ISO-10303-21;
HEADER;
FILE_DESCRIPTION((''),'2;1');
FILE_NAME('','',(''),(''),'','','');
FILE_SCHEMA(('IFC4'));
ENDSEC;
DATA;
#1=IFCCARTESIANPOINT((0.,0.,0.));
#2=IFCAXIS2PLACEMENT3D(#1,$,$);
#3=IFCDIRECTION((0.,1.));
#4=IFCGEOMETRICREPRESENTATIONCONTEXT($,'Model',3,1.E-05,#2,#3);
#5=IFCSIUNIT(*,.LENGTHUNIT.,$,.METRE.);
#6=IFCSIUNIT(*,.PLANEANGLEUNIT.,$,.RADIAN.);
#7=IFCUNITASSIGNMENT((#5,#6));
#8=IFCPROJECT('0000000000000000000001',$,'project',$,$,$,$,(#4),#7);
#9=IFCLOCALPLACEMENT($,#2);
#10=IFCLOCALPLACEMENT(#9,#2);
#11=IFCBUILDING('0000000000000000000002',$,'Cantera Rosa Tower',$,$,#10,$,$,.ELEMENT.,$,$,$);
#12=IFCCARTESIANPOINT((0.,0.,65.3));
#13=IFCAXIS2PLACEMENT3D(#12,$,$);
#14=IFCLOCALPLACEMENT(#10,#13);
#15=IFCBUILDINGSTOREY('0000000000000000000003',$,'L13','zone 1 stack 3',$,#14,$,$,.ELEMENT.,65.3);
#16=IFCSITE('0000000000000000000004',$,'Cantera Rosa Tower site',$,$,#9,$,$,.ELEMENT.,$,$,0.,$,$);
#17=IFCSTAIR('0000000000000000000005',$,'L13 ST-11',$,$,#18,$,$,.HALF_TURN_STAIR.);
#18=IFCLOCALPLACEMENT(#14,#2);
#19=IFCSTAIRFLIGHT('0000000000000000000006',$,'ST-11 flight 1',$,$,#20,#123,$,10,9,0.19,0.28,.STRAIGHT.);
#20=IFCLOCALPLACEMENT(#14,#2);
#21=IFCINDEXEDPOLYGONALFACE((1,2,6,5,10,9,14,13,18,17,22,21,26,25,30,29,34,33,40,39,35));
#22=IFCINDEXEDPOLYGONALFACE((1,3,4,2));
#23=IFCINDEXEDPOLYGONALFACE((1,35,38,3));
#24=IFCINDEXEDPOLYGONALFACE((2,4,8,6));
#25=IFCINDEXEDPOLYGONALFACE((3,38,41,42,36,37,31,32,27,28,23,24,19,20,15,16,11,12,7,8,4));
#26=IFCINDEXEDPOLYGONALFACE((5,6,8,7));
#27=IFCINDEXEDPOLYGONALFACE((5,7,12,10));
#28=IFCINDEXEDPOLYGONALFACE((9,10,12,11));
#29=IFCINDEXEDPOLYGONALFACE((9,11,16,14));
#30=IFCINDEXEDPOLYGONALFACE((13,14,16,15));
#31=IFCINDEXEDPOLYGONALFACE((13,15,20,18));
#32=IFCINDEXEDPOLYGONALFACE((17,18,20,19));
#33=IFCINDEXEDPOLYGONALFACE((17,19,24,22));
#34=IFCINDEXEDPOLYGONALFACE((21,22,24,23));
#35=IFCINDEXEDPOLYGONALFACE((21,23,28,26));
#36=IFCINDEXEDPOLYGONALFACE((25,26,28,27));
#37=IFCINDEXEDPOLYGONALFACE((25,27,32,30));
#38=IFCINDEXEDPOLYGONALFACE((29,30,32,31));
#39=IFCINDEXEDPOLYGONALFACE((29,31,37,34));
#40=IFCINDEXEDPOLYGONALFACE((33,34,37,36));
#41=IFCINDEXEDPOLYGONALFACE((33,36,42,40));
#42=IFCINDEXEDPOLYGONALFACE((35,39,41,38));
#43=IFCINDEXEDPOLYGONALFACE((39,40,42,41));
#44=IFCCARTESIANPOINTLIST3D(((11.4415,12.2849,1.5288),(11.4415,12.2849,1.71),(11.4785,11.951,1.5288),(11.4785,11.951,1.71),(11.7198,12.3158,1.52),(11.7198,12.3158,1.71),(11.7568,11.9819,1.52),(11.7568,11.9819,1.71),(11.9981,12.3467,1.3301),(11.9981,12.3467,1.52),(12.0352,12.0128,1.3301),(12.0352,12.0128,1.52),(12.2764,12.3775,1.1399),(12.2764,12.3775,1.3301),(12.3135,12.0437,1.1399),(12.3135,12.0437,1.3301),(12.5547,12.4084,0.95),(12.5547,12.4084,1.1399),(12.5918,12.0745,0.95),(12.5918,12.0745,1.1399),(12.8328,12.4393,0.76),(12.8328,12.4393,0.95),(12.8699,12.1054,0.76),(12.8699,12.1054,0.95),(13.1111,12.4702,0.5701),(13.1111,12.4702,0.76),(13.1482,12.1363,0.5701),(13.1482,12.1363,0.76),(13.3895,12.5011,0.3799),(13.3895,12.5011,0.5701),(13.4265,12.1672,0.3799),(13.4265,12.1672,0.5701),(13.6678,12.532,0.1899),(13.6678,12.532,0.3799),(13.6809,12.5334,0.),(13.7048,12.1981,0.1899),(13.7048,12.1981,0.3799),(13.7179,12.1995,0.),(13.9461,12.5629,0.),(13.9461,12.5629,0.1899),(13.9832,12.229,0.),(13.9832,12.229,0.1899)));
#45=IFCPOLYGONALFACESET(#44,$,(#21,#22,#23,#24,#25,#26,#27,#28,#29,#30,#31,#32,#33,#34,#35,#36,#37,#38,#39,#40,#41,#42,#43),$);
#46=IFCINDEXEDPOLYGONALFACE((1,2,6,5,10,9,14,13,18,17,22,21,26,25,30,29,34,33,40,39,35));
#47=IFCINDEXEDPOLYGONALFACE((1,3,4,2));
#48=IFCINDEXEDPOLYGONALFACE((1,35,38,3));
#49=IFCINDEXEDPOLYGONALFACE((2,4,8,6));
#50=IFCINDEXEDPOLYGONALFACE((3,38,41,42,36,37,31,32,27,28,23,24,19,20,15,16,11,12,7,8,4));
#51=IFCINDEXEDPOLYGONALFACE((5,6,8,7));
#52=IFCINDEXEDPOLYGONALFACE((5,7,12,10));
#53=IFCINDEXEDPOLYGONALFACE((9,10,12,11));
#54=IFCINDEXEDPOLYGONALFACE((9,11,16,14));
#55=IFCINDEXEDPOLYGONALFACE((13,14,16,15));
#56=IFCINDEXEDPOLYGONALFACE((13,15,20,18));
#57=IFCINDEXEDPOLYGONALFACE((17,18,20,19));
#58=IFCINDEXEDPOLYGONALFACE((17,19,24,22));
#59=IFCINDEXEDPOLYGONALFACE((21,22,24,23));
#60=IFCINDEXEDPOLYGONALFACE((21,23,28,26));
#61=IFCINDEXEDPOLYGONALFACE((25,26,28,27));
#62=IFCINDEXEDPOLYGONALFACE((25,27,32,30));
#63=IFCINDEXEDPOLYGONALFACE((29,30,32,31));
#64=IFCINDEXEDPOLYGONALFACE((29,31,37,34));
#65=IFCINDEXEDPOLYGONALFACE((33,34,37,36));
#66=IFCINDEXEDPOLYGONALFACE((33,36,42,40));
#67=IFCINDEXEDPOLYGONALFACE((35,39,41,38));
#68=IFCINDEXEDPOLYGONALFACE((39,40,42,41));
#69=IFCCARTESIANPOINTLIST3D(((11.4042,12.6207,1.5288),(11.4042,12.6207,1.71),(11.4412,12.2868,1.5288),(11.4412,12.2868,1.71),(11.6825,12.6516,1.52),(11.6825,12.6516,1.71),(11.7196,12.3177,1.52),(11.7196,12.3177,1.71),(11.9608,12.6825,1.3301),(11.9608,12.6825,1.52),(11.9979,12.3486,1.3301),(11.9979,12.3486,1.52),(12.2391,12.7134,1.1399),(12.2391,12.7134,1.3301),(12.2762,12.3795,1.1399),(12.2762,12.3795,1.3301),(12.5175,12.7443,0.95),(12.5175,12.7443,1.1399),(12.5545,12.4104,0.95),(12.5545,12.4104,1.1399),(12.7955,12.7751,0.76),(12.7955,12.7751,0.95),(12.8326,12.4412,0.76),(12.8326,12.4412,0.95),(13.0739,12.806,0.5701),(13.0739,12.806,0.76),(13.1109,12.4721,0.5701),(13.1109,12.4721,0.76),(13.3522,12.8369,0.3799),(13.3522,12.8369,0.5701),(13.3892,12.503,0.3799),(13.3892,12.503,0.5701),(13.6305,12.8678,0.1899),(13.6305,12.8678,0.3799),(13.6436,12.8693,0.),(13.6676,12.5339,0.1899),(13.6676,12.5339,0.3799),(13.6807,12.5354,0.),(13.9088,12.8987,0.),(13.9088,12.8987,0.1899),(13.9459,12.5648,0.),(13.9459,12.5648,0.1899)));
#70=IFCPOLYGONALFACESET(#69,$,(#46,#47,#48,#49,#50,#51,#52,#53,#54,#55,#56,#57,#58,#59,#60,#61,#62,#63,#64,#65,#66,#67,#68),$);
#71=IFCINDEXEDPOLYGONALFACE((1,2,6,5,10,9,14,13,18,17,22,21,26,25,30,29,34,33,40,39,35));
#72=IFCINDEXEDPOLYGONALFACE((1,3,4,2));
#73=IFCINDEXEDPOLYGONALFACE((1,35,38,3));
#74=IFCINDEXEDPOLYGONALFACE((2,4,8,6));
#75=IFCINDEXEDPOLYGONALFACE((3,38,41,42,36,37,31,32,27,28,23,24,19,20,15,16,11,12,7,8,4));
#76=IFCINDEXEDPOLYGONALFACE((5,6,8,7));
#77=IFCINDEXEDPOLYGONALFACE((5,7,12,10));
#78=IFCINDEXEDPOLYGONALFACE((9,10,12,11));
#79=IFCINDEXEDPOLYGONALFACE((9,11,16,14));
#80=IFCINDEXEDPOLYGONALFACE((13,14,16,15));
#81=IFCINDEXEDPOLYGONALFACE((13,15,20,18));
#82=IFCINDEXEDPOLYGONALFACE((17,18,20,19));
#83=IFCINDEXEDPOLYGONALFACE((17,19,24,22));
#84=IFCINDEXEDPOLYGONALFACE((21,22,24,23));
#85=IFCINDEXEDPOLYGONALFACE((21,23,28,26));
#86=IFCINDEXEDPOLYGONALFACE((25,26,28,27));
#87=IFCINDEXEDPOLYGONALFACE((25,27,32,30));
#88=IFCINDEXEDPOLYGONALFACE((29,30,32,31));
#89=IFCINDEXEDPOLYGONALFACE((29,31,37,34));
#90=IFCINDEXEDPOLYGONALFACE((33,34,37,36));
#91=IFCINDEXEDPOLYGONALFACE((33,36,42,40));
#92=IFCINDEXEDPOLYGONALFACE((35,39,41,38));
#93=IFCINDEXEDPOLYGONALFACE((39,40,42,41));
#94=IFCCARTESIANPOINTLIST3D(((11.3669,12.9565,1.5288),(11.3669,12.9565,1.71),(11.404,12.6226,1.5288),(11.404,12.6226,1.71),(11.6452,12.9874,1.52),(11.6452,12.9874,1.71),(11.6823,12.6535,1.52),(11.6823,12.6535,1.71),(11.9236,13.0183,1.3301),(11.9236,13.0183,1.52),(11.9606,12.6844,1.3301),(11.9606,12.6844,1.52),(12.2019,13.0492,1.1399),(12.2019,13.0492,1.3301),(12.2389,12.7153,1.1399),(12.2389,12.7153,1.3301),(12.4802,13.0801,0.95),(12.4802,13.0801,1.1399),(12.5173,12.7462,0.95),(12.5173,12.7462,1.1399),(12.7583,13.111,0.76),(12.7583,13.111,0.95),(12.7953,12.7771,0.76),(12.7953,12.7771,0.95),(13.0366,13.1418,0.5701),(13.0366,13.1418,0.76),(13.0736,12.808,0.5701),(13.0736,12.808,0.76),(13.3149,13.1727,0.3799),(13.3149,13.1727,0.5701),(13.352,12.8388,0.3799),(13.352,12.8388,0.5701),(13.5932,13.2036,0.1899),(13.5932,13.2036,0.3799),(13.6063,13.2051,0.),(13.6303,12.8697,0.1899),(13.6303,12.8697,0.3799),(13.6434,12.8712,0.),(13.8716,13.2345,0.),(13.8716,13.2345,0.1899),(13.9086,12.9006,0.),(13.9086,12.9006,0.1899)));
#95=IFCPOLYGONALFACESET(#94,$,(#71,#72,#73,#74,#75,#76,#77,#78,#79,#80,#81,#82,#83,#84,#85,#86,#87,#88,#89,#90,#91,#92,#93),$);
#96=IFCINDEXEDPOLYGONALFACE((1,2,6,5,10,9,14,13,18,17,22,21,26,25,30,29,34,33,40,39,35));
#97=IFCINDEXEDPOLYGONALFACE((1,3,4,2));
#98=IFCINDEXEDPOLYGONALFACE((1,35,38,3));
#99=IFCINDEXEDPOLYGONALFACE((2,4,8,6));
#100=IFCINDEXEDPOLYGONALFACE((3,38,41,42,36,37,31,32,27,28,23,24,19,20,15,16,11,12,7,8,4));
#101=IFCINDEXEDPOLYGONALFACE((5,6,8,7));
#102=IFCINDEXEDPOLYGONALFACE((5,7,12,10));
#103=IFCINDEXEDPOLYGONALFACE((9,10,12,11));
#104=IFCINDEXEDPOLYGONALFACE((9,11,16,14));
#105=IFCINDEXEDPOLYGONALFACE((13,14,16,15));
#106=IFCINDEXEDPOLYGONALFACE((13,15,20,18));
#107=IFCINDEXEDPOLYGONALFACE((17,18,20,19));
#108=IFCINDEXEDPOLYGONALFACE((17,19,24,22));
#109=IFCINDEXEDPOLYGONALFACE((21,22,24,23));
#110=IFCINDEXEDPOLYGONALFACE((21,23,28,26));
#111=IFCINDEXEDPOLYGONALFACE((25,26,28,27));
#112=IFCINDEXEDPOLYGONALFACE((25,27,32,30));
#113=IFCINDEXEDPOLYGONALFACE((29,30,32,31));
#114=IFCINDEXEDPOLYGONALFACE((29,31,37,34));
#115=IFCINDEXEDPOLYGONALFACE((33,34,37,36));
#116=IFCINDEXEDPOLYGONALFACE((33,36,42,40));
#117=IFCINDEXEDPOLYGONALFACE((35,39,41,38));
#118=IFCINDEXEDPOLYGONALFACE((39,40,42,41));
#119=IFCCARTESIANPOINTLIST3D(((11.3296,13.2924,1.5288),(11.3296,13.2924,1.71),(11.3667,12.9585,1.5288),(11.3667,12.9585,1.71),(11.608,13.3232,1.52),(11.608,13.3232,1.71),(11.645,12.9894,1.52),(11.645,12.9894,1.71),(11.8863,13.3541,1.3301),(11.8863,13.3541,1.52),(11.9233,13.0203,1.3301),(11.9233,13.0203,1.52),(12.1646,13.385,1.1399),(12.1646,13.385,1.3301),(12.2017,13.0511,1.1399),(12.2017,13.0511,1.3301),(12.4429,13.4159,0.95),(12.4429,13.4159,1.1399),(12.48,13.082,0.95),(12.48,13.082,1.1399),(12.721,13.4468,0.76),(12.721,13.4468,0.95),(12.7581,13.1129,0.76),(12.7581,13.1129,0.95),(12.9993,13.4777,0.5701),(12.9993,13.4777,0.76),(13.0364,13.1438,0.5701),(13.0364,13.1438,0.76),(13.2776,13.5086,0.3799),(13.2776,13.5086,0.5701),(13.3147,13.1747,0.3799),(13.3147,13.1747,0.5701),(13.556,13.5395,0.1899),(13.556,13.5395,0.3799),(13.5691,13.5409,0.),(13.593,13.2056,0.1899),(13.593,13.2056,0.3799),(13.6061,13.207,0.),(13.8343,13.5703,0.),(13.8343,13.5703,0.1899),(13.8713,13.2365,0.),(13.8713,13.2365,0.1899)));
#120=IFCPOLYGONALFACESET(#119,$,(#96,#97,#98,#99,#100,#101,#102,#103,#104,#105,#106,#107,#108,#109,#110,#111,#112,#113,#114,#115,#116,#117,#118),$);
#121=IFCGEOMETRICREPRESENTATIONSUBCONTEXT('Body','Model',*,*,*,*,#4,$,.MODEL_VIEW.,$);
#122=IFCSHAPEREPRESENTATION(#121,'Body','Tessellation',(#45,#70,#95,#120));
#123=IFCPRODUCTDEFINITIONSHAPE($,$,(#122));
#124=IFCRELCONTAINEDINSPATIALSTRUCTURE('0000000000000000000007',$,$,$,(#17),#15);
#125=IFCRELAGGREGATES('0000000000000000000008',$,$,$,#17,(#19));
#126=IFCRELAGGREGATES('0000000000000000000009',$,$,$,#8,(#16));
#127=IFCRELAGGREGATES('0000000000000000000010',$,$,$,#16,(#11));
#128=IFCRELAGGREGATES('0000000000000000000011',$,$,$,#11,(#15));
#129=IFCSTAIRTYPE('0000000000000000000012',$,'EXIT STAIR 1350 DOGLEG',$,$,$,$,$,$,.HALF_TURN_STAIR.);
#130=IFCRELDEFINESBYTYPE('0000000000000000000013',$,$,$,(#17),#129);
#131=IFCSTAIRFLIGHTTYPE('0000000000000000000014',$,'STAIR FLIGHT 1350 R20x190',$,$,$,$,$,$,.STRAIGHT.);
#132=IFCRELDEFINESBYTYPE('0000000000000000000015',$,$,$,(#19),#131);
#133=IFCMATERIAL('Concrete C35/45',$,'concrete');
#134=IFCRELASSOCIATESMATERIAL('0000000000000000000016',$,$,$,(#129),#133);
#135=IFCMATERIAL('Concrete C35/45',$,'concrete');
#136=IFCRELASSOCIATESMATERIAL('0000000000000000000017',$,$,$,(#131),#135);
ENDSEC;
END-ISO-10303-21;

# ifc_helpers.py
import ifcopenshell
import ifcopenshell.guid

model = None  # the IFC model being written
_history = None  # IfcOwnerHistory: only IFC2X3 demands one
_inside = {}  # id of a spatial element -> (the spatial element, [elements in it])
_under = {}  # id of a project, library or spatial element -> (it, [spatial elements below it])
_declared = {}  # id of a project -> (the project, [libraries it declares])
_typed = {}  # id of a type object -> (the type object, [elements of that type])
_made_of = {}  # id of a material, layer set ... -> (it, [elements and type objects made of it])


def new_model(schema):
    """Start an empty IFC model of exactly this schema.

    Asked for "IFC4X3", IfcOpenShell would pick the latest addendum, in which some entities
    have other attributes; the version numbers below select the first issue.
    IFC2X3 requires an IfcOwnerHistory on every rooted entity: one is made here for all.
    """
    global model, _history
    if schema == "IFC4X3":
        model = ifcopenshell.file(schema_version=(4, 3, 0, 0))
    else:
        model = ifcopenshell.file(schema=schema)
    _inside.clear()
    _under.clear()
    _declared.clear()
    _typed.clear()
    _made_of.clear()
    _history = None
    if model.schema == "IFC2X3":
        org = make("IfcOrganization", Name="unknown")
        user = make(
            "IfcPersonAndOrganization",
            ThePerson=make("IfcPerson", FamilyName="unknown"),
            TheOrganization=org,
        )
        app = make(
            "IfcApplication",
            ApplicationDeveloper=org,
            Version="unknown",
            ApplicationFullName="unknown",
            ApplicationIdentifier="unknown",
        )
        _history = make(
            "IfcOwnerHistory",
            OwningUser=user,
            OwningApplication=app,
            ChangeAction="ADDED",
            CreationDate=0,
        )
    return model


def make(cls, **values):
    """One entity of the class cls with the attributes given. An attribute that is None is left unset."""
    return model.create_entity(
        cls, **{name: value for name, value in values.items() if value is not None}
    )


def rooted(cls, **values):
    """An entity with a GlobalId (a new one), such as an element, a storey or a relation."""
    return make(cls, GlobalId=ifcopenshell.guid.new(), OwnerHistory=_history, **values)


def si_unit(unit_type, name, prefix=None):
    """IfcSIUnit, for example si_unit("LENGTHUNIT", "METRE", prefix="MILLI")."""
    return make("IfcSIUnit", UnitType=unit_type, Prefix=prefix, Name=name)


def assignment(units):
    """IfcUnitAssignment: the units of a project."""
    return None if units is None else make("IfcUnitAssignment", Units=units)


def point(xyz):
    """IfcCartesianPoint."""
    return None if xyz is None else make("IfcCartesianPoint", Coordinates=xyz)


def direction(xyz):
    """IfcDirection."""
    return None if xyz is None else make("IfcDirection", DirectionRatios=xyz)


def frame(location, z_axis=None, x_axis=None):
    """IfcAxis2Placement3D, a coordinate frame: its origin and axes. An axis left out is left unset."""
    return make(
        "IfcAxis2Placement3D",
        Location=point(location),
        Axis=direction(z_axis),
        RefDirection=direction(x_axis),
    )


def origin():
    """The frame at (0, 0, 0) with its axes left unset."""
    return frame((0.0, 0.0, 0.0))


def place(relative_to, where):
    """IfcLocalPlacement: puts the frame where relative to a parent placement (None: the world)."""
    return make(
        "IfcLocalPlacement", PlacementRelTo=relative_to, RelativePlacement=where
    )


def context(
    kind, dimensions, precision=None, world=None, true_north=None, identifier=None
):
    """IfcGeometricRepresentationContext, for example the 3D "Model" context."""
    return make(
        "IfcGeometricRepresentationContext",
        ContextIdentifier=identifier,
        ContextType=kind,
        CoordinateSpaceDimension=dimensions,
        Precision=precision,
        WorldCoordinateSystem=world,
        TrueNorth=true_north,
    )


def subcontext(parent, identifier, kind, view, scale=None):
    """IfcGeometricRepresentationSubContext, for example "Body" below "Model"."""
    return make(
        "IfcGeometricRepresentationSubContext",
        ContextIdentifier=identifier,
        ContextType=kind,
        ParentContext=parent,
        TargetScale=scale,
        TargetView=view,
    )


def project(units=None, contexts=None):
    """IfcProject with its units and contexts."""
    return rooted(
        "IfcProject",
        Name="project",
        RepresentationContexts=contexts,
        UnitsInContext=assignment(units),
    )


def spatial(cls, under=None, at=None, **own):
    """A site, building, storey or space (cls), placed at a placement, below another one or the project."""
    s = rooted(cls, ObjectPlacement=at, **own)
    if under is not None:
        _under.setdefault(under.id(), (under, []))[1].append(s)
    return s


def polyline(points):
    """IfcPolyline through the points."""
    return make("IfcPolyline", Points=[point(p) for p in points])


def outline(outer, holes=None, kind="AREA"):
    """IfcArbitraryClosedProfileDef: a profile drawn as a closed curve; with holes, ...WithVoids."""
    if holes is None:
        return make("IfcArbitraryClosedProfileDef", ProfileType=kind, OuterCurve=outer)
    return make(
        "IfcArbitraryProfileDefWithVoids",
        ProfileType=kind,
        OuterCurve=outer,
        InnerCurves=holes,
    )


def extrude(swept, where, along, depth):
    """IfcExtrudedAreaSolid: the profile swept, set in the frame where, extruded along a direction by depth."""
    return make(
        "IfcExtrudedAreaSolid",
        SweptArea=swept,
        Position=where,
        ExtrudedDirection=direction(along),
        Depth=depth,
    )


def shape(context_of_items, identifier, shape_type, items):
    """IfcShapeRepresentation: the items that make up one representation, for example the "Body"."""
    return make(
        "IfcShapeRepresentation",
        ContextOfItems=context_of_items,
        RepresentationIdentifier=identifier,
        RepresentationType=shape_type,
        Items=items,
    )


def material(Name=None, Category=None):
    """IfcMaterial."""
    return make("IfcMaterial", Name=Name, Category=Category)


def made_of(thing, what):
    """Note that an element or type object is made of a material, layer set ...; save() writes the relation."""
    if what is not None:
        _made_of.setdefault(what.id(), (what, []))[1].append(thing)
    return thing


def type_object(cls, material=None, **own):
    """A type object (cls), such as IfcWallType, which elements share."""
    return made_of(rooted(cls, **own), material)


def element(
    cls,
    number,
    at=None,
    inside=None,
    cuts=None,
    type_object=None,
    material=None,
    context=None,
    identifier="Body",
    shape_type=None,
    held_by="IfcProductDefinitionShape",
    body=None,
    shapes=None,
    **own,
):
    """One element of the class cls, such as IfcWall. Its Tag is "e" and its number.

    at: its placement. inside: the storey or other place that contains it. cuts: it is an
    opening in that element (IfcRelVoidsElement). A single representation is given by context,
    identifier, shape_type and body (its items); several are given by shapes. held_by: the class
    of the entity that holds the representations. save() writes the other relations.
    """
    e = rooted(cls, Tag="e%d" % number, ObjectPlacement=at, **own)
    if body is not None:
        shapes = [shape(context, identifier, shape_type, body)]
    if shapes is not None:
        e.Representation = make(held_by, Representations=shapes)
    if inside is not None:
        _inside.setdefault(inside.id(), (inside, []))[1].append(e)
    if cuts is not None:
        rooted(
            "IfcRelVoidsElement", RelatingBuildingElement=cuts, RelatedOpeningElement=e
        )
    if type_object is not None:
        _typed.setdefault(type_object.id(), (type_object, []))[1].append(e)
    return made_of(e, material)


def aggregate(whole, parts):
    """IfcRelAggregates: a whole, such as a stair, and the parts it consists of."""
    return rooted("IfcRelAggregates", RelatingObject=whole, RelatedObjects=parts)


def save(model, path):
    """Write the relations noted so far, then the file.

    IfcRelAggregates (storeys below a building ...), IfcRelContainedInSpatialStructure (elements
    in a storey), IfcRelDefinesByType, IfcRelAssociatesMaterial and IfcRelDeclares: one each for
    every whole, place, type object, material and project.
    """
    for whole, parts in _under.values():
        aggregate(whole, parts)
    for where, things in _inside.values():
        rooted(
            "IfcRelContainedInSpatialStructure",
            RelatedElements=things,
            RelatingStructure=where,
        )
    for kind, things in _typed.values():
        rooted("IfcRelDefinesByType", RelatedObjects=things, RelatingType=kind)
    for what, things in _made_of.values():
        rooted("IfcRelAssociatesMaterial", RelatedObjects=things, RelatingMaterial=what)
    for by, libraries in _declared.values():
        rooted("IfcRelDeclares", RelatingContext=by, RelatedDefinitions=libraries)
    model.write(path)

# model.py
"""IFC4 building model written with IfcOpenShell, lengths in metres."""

from ifc_helpers import new_model, si_unit, direction, frame, origin, place, context, subcontext, project, spatial, polyline, outline, extrude, material, type_object, element, aggregate, save


model = new_model("IFC4")

# Units and contexts
model_context = context("Model", 3, precision=1e-05, world=origin(), true_north=direction((0.0, 1.0)))
body_context = subcontext(model_context, "Body", "Model", "MODEL_VIEW")
ifc_project = project(units=[si_unit("LENGTHUNIT", "METRE"), si_unit("PLANEANGLEUNIT", "RADIAN")], contexts=[model_context])

# Site, building, storey
site_placement = place(None, origin())
site = spatial("IfcSite", under=ifc_project, at=site_placement, Name="Cantera Rosa Tower site", CompositionType="ELEMENT", RefElevation=0.0)
building_placement = place(site_placement, origin())
building = spatial("IfcBuilding", under=site, at=building_placement, Name="Cantera Rosa Tower", CompositionType="ELEMENT")
storey_placement = place(building_placement, frame((0.0, 0.0, 65.3)))
storey = spatial("IfcBuildingStorey", under=building, at=storey_placement, Name="L13", Description="zone 1 stack 3", CompositionType="ELEMENT", Elevation=65.3)

# Stair, stair flight
ifc_material_1 = material(Name="Concrete C35/45", Category="concrete")
stair_type = type_object("IfcStairType", Name="EXIT STAIR 1350 DOGLEG", PredefinedType="HALF_TURN_STAIR", material=ifc_material_1)
stair_placement = place(storey_placement, origin())
stair = element("IfcStair", 1, at=stair_placement, inside=storey, type_object=stair_type, Name="L13 ST-11", PredefinedType="HALF_TURN_STAIR")
ifc_material_2 = material(Name="Concrete C35/45", Category="concrete")
stair_flight_type = type_object("IfcStairFlightType", Name="STAIR FLIGHT 1350 R20x190", PredefinedType="STRAIGHT", material=ifc_material_2)
stair_flight_placement = place(storey_placement, frame((13.9087, 12.8999, 0.0), z_axis=(0.0, 0.0, 1.0), x_axis=(-0.993897, -0.110313, 0.0)))
stair_flight = element("IfcStairFlight", 2, at=stair_flight_placement, type_object=stair_flight_type, Name="ST-11 flight 1", NumberOfRisers=10, NumberOfTreads=9, PredefinedType="STRAIGHT", RiserHeight=0.19, TreadLength=0.28, context=body_context, shape_type="SweptSolid", body=[
    extrude(outline(polyline([(0.0, 0.0), (0.0, 0.1899), (0.28, 0.1899), (0.28, 0.3799), (0.5601, 0.3799), (0.5601, 0.5701), (0.8401, 0.5701), (0.8401, 0.76), (1.1201, 0.76), (1.1201, 0.95), (1.3999, 0.95), (1.3999, 1.1399), (1.6799, 1.1399), (1.6799, 1.3301), (1.96, 1.3301), (1.96, 1.52), (2.24, 1.52), (2.24, 1.71), (2.52, 1.71), (2.52, 1.8999), (2.52, 1.5288), (0.2668, 0.0), (0.0, 0.0)])), frame((0.0, 0.675, 0.0), z_axis=(0.0, -1.0, 0.0), x_axis=(1.0, 0.0, 0.0)), (0.0, 0.0, 1.0), 0.3359),
    extrude(outline(polyline([(0.0, 0.0), (0.0, 0.1899), (0.28, 0.1899), (0.28, 0.3799), (0.5601, 0.3799), (0.5601, 0.5701), (0.8401, 0.5701), (0.8401, 0.76), (1.1201, 0.76), (1.1201, 0.95), (1.3999, 0.95), (1.3999, 1.1399), (1.6799, 1.1399), (1.6799, 1.3301), (1.96, 1.3301), (1.96, 1.52), (2.24, 1.52), (2.24, 1.71), (2.52, 1.71), (2.52, 1.8999), (2.52, 1.5288), (0.2668, 0.0), (0.0, 0.0)])), frame((0.0, 0.3372, 0.0), z_axis=(0.0, -1.0, 0.0), x_axis=(1.0, 0.0, 0.0)), (0.0, 0.0, 1.0), 0.3359),
    extrude(outline(polyline([(0.0, 0.0), (0.0, 0.1899), (0.28, 0.1899), (0.28, 0.3799), (0.5601, 0.3799), (0.5601, 0.5701), (0.8401, 0.5701), (0.8401, 0.76), (1.1201, 0.76), (1.1201, 0.95), (1.3999, 0.95), (1.3999, 1.1399), (1.6799, 1.1399), (1.6799, 1.3301), (1.96, 1.3301), (1.96, 1.52), (2.24, 1.52), (2.24, 1.71), (2.52, 1.71), (2.52, 1.8999), (2.52, 1.5288), (0.2668, 0.0), (0.0, 0.0)])), frame((0.0, -0.0007, 0.0), z_axis=(0.0, -1.0, 0.0), x_axis=(1.0, 0.0, 0.0)), (0.0, 0.0, 1.0), 0.3359),
    extrude(outline(polyline([(0.0, 0.0), (0.0, 0.1899), (0.28, 0.1899), (0.28, 0.3799), (0.5601, 0.3799), (0.5601, 0.5701), (0.8401, 0.5701), (0.8401, 0.76), (1.1201, 0.76), (1.1201, 0.95), (1.3999, 0.95), (1.3999, 1.1399), (1.6799, 1.1399), (1.6799, 1.3301), (1.96, 1.3301), (1.96, 1.52), (2.24, 1.52), (2.24, 1.71), (2.52, 1.71), (2.52, 1.8999), (2.52, 1.5288), (0.2668, 0.0), (0.0, 0.0)])), frame((0.0, -0.3386, 0.0), z_axis=(0.0, -1.0, 0.0), x_axis=(1.0, 0.0, 0.0)), (0.0, 0.0, 1.0), 0.3359),
])
aggregate(stair, [stair_flight])

save(model, "model.ifc")
